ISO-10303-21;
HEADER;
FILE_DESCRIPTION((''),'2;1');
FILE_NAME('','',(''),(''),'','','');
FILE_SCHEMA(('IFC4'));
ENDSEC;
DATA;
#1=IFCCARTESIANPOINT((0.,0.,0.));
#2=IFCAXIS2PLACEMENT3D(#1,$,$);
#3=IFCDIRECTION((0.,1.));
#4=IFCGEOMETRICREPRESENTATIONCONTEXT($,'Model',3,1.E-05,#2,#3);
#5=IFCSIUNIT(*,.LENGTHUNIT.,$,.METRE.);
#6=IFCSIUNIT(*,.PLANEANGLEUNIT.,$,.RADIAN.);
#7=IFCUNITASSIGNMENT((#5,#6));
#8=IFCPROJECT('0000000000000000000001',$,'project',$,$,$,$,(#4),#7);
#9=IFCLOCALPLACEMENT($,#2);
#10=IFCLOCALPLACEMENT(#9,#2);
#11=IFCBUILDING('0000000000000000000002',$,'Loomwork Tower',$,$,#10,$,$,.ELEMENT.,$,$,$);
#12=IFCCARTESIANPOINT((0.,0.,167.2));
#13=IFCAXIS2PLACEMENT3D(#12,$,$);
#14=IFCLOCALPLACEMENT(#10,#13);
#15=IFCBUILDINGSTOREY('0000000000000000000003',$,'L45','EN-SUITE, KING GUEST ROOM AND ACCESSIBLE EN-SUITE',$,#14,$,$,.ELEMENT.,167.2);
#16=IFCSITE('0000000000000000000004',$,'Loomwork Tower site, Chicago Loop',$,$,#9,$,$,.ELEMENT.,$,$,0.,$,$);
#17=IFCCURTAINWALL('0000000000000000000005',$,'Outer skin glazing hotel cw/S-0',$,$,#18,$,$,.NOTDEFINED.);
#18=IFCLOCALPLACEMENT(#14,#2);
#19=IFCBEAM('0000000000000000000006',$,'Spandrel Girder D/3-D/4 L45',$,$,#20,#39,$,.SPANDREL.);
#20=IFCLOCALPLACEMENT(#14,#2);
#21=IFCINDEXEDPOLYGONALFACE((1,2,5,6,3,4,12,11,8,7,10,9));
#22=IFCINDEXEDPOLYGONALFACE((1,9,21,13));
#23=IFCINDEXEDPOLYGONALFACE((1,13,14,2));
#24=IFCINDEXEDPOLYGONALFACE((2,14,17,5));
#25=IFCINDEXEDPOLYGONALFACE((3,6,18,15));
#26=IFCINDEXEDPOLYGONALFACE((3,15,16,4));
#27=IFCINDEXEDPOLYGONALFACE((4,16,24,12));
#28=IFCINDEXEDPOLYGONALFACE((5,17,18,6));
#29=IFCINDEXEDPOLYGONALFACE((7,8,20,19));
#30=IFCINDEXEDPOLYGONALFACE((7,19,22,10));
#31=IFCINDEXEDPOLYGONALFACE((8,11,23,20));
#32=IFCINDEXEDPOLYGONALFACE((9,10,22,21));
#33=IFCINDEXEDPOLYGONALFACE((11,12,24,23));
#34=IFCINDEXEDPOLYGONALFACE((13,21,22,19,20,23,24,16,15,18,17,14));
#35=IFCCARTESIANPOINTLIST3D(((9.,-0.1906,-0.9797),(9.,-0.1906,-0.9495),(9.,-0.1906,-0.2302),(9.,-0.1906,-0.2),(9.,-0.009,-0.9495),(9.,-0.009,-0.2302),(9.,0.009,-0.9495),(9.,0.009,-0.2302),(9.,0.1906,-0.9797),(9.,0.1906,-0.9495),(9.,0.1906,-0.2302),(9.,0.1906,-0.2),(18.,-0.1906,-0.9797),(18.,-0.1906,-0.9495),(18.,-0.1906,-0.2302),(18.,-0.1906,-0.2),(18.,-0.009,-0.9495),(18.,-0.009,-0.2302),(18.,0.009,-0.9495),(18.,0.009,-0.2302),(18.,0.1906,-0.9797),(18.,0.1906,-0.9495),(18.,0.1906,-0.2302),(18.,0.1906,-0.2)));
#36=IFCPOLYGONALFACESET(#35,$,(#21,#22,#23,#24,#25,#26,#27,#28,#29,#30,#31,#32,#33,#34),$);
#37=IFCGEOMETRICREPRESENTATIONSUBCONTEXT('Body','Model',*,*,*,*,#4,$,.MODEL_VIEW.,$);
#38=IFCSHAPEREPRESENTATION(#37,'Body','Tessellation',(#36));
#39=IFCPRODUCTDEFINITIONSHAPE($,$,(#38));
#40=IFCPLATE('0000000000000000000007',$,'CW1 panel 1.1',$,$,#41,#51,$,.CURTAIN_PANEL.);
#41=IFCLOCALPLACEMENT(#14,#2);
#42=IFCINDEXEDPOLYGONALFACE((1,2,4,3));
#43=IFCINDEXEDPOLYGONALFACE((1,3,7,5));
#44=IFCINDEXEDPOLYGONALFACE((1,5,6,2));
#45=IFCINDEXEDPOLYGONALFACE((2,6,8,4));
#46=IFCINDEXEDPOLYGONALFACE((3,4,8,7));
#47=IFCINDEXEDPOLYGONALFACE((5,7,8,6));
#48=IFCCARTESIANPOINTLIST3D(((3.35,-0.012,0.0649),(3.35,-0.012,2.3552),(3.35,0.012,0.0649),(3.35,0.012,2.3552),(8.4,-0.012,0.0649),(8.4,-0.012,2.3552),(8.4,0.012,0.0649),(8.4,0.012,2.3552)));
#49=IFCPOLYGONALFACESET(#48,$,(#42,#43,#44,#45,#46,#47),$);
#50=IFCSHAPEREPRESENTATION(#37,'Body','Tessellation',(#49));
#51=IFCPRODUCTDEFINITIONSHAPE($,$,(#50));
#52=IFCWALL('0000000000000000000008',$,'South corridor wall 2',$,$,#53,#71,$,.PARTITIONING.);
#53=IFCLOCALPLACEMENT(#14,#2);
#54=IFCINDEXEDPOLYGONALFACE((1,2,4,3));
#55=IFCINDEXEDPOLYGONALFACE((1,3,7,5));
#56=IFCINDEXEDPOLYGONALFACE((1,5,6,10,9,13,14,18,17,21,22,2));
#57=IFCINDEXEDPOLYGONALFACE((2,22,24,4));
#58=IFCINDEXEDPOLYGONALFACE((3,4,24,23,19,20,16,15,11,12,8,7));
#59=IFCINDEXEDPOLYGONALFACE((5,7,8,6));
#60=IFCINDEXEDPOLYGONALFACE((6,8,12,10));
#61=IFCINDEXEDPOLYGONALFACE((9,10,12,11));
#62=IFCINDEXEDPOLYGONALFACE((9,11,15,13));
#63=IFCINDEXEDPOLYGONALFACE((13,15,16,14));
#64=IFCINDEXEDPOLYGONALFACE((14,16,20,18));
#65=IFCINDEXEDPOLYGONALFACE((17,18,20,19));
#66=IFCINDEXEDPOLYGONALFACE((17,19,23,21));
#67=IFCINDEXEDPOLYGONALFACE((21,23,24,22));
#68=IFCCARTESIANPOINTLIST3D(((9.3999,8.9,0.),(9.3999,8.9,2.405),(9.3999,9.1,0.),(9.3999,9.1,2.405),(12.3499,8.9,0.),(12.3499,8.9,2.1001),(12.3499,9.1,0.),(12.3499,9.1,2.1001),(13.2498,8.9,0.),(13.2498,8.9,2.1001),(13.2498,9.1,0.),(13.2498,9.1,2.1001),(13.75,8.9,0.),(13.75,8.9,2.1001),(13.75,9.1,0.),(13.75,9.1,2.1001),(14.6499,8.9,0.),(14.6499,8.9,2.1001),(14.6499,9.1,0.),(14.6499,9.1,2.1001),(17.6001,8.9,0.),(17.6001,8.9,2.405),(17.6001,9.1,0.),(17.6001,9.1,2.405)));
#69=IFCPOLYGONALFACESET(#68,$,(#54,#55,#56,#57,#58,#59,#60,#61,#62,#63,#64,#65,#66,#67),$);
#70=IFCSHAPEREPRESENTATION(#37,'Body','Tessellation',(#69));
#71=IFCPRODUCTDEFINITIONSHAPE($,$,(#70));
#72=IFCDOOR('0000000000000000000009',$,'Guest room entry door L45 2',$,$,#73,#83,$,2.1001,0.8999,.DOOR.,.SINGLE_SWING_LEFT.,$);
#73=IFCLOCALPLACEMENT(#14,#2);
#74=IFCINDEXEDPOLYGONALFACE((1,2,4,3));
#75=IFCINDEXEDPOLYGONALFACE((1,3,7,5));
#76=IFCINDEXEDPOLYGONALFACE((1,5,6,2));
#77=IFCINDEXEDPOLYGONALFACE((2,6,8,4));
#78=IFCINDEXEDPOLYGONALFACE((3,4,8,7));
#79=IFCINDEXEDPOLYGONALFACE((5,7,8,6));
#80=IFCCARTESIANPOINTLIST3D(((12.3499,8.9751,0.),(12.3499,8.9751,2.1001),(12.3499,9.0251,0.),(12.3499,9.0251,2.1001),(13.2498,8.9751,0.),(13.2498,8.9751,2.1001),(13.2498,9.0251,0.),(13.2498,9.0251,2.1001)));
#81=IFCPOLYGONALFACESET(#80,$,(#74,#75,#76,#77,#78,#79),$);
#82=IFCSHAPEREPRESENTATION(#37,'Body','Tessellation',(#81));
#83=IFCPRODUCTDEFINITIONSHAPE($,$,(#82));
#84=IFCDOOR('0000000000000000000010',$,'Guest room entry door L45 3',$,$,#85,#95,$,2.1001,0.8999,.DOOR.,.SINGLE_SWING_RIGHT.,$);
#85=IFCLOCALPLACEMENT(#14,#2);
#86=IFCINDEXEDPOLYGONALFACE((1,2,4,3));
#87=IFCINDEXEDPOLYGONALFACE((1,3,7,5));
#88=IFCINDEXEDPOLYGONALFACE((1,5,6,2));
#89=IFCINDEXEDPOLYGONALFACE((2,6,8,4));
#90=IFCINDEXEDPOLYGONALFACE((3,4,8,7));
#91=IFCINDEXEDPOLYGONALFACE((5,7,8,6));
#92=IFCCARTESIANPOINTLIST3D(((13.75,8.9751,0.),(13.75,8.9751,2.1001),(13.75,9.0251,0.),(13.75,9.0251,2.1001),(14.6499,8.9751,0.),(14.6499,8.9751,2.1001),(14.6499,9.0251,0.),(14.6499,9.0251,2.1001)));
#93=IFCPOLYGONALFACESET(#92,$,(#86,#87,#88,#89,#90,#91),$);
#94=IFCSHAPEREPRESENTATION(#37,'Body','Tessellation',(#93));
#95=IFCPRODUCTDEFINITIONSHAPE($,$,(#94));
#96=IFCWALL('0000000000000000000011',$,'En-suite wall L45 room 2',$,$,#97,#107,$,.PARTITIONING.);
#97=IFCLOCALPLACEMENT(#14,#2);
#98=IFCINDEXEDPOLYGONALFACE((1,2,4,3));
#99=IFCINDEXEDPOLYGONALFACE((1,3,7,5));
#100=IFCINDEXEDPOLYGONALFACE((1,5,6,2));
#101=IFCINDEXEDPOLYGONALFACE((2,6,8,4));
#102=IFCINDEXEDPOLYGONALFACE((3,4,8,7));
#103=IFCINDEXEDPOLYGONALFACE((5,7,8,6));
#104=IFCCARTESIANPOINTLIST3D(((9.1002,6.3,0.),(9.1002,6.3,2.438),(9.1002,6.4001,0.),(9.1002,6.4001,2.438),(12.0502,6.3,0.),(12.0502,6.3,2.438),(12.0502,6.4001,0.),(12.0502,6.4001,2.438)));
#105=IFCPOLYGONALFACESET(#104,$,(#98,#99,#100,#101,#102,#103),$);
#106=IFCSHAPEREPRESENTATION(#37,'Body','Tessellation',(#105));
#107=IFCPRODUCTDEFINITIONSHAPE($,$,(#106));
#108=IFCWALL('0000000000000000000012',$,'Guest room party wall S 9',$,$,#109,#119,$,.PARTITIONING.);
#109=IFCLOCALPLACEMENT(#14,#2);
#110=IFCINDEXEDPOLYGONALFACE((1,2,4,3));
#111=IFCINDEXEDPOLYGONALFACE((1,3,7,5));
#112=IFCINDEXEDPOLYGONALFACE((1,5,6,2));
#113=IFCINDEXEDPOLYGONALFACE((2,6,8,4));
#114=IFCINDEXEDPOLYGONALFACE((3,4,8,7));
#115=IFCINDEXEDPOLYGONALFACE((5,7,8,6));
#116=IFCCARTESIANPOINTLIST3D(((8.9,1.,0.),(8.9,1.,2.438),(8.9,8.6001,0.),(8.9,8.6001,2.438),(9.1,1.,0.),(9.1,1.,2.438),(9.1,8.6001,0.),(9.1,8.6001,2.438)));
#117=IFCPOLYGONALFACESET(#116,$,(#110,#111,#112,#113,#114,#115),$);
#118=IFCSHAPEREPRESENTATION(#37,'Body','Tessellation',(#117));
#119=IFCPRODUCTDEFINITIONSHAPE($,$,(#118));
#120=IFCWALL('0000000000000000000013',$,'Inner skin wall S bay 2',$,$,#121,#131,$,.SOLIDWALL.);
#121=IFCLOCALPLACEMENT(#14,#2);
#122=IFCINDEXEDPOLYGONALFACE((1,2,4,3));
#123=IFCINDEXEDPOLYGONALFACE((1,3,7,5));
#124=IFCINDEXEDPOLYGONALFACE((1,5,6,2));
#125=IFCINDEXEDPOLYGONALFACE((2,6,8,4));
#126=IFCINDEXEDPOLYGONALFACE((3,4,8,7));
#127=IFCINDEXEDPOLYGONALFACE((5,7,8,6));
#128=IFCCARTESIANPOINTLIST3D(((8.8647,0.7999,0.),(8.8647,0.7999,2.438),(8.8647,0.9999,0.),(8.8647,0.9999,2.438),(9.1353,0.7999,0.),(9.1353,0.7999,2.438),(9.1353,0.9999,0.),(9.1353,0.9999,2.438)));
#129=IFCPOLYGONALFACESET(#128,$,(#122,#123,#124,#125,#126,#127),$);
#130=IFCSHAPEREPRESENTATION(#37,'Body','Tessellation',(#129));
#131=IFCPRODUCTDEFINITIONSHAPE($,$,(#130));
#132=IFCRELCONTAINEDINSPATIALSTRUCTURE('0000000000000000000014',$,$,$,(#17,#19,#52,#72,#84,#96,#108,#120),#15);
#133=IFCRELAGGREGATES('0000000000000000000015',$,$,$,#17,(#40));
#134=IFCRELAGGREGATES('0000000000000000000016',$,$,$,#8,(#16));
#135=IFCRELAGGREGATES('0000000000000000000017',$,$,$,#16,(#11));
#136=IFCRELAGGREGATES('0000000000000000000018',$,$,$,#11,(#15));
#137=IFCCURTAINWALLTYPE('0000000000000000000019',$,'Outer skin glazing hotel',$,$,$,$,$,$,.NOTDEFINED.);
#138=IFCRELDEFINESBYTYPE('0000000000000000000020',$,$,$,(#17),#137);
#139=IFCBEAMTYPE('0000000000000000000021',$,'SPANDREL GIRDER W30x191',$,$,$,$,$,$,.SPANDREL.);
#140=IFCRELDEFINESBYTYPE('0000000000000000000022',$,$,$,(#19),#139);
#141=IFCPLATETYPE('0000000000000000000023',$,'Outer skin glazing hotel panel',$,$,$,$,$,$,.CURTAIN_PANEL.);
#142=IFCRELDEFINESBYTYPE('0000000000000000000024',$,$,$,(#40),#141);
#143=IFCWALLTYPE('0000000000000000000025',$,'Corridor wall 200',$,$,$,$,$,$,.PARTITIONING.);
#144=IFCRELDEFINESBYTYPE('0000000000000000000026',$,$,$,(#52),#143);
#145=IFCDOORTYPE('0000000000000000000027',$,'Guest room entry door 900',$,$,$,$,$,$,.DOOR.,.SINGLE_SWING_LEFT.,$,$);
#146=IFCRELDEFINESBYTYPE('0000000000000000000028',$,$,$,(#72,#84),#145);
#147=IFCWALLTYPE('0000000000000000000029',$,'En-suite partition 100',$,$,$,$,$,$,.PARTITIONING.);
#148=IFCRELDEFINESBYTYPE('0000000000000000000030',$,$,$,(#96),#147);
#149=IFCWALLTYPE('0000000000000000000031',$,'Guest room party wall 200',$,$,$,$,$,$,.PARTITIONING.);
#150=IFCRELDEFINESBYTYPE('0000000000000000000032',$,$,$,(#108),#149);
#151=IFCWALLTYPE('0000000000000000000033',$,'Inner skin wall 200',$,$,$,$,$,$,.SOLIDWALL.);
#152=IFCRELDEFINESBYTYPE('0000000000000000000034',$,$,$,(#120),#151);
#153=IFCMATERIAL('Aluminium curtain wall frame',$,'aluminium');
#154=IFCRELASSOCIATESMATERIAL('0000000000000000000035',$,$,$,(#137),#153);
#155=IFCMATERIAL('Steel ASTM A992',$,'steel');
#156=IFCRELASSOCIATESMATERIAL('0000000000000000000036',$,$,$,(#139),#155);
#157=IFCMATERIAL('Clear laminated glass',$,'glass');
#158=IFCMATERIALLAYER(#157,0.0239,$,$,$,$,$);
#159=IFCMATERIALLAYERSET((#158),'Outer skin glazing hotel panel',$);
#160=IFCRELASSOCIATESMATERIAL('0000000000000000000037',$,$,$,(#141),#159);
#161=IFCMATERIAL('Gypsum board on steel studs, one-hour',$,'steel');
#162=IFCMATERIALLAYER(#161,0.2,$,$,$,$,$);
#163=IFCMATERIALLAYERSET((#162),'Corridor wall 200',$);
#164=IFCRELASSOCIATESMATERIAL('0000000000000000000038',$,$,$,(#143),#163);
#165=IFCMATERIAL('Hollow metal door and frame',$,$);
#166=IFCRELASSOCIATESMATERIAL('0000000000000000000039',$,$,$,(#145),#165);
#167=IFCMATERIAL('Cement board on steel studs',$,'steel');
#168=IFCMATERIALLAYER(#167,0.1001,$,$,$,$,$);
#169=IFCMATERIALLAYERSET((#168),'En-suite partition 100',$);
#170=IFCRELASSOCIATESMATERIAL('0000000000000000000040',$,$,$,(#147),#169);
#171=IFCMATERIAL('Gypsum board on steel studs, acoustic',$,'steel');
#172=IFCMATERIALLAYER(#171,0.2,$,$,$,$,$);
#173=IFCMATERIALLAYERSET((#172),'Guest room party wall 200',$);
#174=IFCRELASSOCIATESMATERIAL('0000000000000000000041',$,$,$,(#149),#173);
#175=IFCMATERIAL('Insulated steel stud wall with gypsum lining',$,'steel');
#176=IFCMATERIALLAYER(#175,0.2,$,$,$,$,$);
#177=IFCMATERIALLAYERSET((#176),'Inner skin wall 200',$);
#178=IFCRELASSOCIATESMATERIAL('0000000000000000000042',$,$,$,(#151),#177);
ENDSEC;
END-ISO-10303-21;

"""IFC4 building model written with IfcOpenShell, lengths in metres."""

from ifc_helpers import new_model, si_unit, direction, frame, frame_2d, origin, origin_2d, place, context, subcontext, project, spatial, rectangle, i_section, extrude, material, layer, layer_set, material_profile, profile_set, type_object, element, fill, aggregate, save


model = new_model("IFC4")

# Units and contexts
model_context = context("Model", 3, precision=1e-05, world=origin(), true_north=direction((0.0, 1.0)))
body_context = subcontext(model_context, "Body", "Model", "MODEL_VIEW")
ifc_project = project(units=[si_unit("LENGTHUNIT", "METRE"), si_unit("PLANEANGLEUNIT", "RADIAN")], contexts=[model_context])

# Site, building, storey
site_placement = place(None, origin())
site = spatial("IfcSite", under=ifc_project, at=site_placement, Name="Loomwork Tower site, Chicago Loop", CompositionType="ELEMENT", RefElevation=0.0)
building_placement = place(site_placement, origin())
building = spatial("IfcBuilding", under=site, at=building_placement, Name="Loomwork Tower", CompositionType="ELEMENT")
storey_placement = place(building_placement, frame((0.0, 0.0, 167.2)))
storey = spatial("IfcBuildingStorey", under=building, at=storey_placement, Name="L45", Description="EN-SUITE, KING GUEST ROOM AND ACCESSIBLE EN-SUITE", CompositionType="ELEMENT", Elevation=167.2)

# Curtain wall
ifc_material_1 = material(Name="Aluminium curtain wall frame", Category="aluminium")
curtain_wall_type = type_object("IfcCurtainWallType", Name="Outer skin glazing hotel", PredefinedType="NOTDEFINED", material=ifc_material_1)
curtain_wall_1_placement = place(storey_placement, origin())
curtain_wall_1 = element("IfcCurtainWall", 1, at=curtain_wall_1_placement, inside=storey, type_object=curtain_wall_type, Name="Outer skin glazing hotel cw/S-0", PredefinedType="NOTDEFINED")

# Beam
ifc_material_2 = material(Name="Steel ASTM A992", Category="steel")
ifc_material_profile_1 = material_profile(ifc_material_2, i_section(OverallWidth=0.3811, OverallDepth=0.7798, WebThickness=0.0181, FlangeThickness=0.0303, at=origin_2d()), Name="W30x191")
ifc_profile_set_1 = profile_set([ifc_material_profile_1], Name="Steel ASTM A992")
beam_type_1 = type_object("IfcBeamType", Name="SPANDREL GIRDER W30x191", PredefinedType="SPANDREL", material=ifc_profile_set_1)
beam_1_placement = place(storey_placement, frame((9.0, 0.0, -0.5898), z_axis=(1.0, 0.0, 0.0), x_axis=(0.0, 1.0, 0.0)))
element("IfcBeam", 2, at=beam_1_placement, inside=storey, type_object=beam_type_1, Name="Spandrel Girder D/3-D/4 L45", PredefinedType="SPANDREL", context=body_context, shape_type="SweptSolid", body=[
    extrude(i_section(OverallWidth=0.3811, OverallDepth=0.7798, WebThickness=0.0181, FlangeThickness=0.0303, at=origin_2d()), origin(), (0.0, 0.0, 1.0), 9.0),
])

# Plate
ifc_material_3 = material(Name="Clear laminated glass", Category="glass")
ifc_layer_1 = layer(ifc_material_3, 0.0239)
ifc_layer_set_1 = layer_set([ifc_layer_1], Name="Outer skin glazing hotel panel")
plate_type = type_object("IfcPlateType", Name="Outer skin glazing hotel panel", PredefinedType="CURTAIN_PANEL", material=ifc_layer_set_1)
plate_placement = place(storey_placement, frame((5.875, 0.0, 0.0649), z_axis=(0.0, 0.0, 1.0), x_axis=(1.0, 0.0, 0.0)))
plate = element("IfcPlate", 3, at=plate_placement, type_object=plate_type, Name="CW1 panel 1.1", PredefinedType="CURTAIN_PANEL", context=body_context, shape_type="SweptSolid", body=[
    extrude(rectangle(XDim=5.05, YDim=0.0239, at=origin_2d()), origin(), (0.0, 0.0, 1.0), 2.2903),
])
aggregate(curtain_wall_1, [plate])

# Wall, openings, doors
ifc_material_4 = material(Name="Gypsum board on steel studs, one-hour", Category="steel")
ifc_layer_2 = layer(ifc_material_4, 0.2)
ifc_layer_set_2 = layer_set([ifc_layer_2], Name="Corridor wall 200")
wall_type_1 = type_object("IfcWallType", Name="Corridor wall 200", PredefinedType="PARTITIONING", material=ifc_layer_set_2)
wall_1_placement = place(storey_placement, frame((9.3999, 9.0, 0.0), z_axis=(0.0, 0.0, 1.0), x_axis=(1.0, 0.0, 0.0)))
wall_1 = element("IfcWall", 4, at=wall_1_placement, inside=storey, type_object=wall_type_1, Name="South corridor wall 2", PredefinedType="PARTITIONING", context=body_context, shape_type="SweptSolid", body=[
    extrude(rectangle(XDim=8.2002, YDim=0.2, at=frame_2d((4.1001, 0.0))), origin(), (0.0, 0.0, 1.0), 2.405),
])
opening_1_placement = place(wall_1_placement, frame((2.95, 0.0, 0.0)))
opening_1 = element("IfcOpeningElement", 5, at=opening_1_placement, cuts=wall_1, PredefinedType="OPENING", context=body_context, shape_type="SweptSolid", body=[
    extrude(rectangle(XDim=0.8999, YDim=2.1001, at=frame_2d((0.45, 1.05))), frame((0.0, 0.1099, 0.0), z_axis=(0.0, -1.0, 0.0), x_axis=(1.0, 0.0, 0.0)), (0.0, 0.0, 1.0), 0.22),
])
opening_2_placement = place(wall_1_placement, frame((4.3501, 0.0, 0.0)))
opening_2 = element("IfcOpeningElement", 6, at=opening_2_placement, cuts=wall_1, PredefinedType="OPENING", context=body_context, shape_type="SweptSolid", body=[
    extrude(rectangle(XDim=0.8999, YDim=2.1001, at=frame_2d((0.45, 1.05))), frame((0.0, 0.1099, 0.0), z_axis=(0.0, -1.0, 0.0), x_axis=(1.0, 0.0, 0.0)), (0.0, 0.0, 1.0), 0.22),
])
ifc_material_5 = material(Name="Hollow metal door and frame")
door_type = type_object("IfcDoorType", Name="Guest room entry door 900", OperationType="SINGLE_SWING_LEFT", PredefinedType="DOOR", material=ifc_material_5)
door_1_placement = place(opening_1_placement, frame((0.8999, 0.0, 0.0), z_axis=(0.0, 0.0, 1.0), x_axis=(-1.0, 0.0, 0.0)))
door_1 = element("IfcDoor", 7, at=door_1_placement, inside=storey, type_object=door_type, Name="Guest room entry door L45 2", OperationType="SINGLE_SWING_LEFT", OverallHeight=2.1001, OverallWidth=0.8999, PredefinedType="DOOR", context=body_context, shape_type="SweptSolid", body=[
    extrude(rectangle(XDim=0.8999, YDim=2.1001, at=frame_2d((0.45, 1.05))), frame((0.0, 0.0249, 0.0), z_axis=(0.0, -1.0, 0.0), x_axis=(1.0, 0.0, 0.0)), (0.0, 0.0, 1.0), 0.05),
])
fill(opening_1, door_1)
door_2_placement = place(opening_2_placement, frame((0.8999, 0.0, 0.0), z_axis=(0.0, 0.0, 1.0), x_axis=(-1.0, 0.0, 0.0)))
door_2 = element("IfcDoor", 8, at=door_2_placement, inside=storey, type_object=door_type, Name="Guest room entry door L45 3", OperationType="SINGLE_SWING_RIGHT", OverallHeight=2.1001, OverallWidth=0.8999, PredefinedType="DOOR", context=body_context, shape_type="SweptSolid", body=[
    extrude(rectangle(XDim=0.8999, YDim=2.1001, at=frame_2d((0.45, 1.05))), frame((0.0, 0.0249, 0.0), z_axis=(0.0, -1.0, 0.0), x_axis=(1.0, 0.0, 0.0)), (0.0, 0.0, 1.0), 0.05),
])
fill(opening_2, door_2)

# Walls
ifc_material_6 = material(Name="Cement board on steel studs", Category="steel")
ifc_layer_3 = layer(ifc_material_6, 0.1001)
ifc_layer_set_3 = layer_set([ifc_layer_3], Name="En-suite partition 100")
wall_type_2 = type_object("IfcWallType", Name="En-suite partition 100", PredefinedType="PARTITIONING", material=ifc_layer_set_3)
wall_2_placement = place(storey_placement, frame((9.1001, 6.3501, 0.0), z_axis=(0.0, 0.0, 1.0), x_axis=(1.0, 0.0, 0.0)))
element("IfcWall", 9, at=wall_2_placement, inside=storey, type_object=wall_type_2, Name="En-suite wall L45 room 2", PredefinedType="PARTITIONING", context=body_context, shape_type="SweptSolid", body=[
    extrude(rectangle(XDim=2.95, YDim=0.1001, at=frame_2d((1.4751, 0.0))), origin(), (0.0, 0.0, 1.0), 2.438),
])
ifc_material_7 = material(Name="Gypsum board on steel studs, acoustic", Category="steel")
ifc_layer_4 = layer(ifc_material_7, 0.2)
ifc_layer_set_4 = layer_set([ifc_layer_4], Name="Guest room party wall 200")
wall_type_3 = type_object("IfcWallType", Name="Guest room party wall 200", PredefinedType="PARTITIONING", material=ifc_layer_set_4)
wall_3_placement = place(storey_placement, frame((9.0, 8.6001, 0.0), z_axis=(0.0, 0.0, 1.0), x_axis=(0.0, -1.0, 0.0)))
element("IfcWall", 10, at=wall_3_placement, inside=storey, type_object=wall_type_3, Name="Guest room party wall S 9", PredefinedType="PARTITIONING", context=body_context, shape_type="SweptSolid", body=[
    extrude(rectangle(XDim=7.6001, YDim=0.2, at=frame_2d((3.8, 0.0))), origin(), (0.0, 0.0, 1.0), 2.438),
])
ifc_material_8 = material(Name="Insulated steel stud wall with gypsum lining", Category="steel")
ifc_layer_5 = layer(ifc_material_8, 0.2)
ifc_layer_set_5 = layer_set([ifc_layer_5], Name="Inner skin wall 200")
wall_type_4 = type_object("IfcWallType", Name="Inner skin wall 200", PredefinedType="SOLIDWALL", material=ifc_layer_set_5)
wall_4_placement = place(storey_placement, frame((8.8647, 0.8999, 0.0), z_axis=(0.0, 0.0, 1.0), x_axis=(1.0, 0.0, 0.0)))
element("IfcWall", 11, at=wall_4_placement, inside=storey, type_object=wall_type_4, Name="Inner skin wall S bay 2", PredefinedType="SOLIDWALL", context=body_context, shape_type="SweptSolid", body=[
    extrude(rectangle(XDim=0.2705, YDim=0.2, at=frame_2d((0.1353, 0.0))), origin(), (0.0, 0.0, 1.0), 2.438),
])

save(model, "model.ifc")
